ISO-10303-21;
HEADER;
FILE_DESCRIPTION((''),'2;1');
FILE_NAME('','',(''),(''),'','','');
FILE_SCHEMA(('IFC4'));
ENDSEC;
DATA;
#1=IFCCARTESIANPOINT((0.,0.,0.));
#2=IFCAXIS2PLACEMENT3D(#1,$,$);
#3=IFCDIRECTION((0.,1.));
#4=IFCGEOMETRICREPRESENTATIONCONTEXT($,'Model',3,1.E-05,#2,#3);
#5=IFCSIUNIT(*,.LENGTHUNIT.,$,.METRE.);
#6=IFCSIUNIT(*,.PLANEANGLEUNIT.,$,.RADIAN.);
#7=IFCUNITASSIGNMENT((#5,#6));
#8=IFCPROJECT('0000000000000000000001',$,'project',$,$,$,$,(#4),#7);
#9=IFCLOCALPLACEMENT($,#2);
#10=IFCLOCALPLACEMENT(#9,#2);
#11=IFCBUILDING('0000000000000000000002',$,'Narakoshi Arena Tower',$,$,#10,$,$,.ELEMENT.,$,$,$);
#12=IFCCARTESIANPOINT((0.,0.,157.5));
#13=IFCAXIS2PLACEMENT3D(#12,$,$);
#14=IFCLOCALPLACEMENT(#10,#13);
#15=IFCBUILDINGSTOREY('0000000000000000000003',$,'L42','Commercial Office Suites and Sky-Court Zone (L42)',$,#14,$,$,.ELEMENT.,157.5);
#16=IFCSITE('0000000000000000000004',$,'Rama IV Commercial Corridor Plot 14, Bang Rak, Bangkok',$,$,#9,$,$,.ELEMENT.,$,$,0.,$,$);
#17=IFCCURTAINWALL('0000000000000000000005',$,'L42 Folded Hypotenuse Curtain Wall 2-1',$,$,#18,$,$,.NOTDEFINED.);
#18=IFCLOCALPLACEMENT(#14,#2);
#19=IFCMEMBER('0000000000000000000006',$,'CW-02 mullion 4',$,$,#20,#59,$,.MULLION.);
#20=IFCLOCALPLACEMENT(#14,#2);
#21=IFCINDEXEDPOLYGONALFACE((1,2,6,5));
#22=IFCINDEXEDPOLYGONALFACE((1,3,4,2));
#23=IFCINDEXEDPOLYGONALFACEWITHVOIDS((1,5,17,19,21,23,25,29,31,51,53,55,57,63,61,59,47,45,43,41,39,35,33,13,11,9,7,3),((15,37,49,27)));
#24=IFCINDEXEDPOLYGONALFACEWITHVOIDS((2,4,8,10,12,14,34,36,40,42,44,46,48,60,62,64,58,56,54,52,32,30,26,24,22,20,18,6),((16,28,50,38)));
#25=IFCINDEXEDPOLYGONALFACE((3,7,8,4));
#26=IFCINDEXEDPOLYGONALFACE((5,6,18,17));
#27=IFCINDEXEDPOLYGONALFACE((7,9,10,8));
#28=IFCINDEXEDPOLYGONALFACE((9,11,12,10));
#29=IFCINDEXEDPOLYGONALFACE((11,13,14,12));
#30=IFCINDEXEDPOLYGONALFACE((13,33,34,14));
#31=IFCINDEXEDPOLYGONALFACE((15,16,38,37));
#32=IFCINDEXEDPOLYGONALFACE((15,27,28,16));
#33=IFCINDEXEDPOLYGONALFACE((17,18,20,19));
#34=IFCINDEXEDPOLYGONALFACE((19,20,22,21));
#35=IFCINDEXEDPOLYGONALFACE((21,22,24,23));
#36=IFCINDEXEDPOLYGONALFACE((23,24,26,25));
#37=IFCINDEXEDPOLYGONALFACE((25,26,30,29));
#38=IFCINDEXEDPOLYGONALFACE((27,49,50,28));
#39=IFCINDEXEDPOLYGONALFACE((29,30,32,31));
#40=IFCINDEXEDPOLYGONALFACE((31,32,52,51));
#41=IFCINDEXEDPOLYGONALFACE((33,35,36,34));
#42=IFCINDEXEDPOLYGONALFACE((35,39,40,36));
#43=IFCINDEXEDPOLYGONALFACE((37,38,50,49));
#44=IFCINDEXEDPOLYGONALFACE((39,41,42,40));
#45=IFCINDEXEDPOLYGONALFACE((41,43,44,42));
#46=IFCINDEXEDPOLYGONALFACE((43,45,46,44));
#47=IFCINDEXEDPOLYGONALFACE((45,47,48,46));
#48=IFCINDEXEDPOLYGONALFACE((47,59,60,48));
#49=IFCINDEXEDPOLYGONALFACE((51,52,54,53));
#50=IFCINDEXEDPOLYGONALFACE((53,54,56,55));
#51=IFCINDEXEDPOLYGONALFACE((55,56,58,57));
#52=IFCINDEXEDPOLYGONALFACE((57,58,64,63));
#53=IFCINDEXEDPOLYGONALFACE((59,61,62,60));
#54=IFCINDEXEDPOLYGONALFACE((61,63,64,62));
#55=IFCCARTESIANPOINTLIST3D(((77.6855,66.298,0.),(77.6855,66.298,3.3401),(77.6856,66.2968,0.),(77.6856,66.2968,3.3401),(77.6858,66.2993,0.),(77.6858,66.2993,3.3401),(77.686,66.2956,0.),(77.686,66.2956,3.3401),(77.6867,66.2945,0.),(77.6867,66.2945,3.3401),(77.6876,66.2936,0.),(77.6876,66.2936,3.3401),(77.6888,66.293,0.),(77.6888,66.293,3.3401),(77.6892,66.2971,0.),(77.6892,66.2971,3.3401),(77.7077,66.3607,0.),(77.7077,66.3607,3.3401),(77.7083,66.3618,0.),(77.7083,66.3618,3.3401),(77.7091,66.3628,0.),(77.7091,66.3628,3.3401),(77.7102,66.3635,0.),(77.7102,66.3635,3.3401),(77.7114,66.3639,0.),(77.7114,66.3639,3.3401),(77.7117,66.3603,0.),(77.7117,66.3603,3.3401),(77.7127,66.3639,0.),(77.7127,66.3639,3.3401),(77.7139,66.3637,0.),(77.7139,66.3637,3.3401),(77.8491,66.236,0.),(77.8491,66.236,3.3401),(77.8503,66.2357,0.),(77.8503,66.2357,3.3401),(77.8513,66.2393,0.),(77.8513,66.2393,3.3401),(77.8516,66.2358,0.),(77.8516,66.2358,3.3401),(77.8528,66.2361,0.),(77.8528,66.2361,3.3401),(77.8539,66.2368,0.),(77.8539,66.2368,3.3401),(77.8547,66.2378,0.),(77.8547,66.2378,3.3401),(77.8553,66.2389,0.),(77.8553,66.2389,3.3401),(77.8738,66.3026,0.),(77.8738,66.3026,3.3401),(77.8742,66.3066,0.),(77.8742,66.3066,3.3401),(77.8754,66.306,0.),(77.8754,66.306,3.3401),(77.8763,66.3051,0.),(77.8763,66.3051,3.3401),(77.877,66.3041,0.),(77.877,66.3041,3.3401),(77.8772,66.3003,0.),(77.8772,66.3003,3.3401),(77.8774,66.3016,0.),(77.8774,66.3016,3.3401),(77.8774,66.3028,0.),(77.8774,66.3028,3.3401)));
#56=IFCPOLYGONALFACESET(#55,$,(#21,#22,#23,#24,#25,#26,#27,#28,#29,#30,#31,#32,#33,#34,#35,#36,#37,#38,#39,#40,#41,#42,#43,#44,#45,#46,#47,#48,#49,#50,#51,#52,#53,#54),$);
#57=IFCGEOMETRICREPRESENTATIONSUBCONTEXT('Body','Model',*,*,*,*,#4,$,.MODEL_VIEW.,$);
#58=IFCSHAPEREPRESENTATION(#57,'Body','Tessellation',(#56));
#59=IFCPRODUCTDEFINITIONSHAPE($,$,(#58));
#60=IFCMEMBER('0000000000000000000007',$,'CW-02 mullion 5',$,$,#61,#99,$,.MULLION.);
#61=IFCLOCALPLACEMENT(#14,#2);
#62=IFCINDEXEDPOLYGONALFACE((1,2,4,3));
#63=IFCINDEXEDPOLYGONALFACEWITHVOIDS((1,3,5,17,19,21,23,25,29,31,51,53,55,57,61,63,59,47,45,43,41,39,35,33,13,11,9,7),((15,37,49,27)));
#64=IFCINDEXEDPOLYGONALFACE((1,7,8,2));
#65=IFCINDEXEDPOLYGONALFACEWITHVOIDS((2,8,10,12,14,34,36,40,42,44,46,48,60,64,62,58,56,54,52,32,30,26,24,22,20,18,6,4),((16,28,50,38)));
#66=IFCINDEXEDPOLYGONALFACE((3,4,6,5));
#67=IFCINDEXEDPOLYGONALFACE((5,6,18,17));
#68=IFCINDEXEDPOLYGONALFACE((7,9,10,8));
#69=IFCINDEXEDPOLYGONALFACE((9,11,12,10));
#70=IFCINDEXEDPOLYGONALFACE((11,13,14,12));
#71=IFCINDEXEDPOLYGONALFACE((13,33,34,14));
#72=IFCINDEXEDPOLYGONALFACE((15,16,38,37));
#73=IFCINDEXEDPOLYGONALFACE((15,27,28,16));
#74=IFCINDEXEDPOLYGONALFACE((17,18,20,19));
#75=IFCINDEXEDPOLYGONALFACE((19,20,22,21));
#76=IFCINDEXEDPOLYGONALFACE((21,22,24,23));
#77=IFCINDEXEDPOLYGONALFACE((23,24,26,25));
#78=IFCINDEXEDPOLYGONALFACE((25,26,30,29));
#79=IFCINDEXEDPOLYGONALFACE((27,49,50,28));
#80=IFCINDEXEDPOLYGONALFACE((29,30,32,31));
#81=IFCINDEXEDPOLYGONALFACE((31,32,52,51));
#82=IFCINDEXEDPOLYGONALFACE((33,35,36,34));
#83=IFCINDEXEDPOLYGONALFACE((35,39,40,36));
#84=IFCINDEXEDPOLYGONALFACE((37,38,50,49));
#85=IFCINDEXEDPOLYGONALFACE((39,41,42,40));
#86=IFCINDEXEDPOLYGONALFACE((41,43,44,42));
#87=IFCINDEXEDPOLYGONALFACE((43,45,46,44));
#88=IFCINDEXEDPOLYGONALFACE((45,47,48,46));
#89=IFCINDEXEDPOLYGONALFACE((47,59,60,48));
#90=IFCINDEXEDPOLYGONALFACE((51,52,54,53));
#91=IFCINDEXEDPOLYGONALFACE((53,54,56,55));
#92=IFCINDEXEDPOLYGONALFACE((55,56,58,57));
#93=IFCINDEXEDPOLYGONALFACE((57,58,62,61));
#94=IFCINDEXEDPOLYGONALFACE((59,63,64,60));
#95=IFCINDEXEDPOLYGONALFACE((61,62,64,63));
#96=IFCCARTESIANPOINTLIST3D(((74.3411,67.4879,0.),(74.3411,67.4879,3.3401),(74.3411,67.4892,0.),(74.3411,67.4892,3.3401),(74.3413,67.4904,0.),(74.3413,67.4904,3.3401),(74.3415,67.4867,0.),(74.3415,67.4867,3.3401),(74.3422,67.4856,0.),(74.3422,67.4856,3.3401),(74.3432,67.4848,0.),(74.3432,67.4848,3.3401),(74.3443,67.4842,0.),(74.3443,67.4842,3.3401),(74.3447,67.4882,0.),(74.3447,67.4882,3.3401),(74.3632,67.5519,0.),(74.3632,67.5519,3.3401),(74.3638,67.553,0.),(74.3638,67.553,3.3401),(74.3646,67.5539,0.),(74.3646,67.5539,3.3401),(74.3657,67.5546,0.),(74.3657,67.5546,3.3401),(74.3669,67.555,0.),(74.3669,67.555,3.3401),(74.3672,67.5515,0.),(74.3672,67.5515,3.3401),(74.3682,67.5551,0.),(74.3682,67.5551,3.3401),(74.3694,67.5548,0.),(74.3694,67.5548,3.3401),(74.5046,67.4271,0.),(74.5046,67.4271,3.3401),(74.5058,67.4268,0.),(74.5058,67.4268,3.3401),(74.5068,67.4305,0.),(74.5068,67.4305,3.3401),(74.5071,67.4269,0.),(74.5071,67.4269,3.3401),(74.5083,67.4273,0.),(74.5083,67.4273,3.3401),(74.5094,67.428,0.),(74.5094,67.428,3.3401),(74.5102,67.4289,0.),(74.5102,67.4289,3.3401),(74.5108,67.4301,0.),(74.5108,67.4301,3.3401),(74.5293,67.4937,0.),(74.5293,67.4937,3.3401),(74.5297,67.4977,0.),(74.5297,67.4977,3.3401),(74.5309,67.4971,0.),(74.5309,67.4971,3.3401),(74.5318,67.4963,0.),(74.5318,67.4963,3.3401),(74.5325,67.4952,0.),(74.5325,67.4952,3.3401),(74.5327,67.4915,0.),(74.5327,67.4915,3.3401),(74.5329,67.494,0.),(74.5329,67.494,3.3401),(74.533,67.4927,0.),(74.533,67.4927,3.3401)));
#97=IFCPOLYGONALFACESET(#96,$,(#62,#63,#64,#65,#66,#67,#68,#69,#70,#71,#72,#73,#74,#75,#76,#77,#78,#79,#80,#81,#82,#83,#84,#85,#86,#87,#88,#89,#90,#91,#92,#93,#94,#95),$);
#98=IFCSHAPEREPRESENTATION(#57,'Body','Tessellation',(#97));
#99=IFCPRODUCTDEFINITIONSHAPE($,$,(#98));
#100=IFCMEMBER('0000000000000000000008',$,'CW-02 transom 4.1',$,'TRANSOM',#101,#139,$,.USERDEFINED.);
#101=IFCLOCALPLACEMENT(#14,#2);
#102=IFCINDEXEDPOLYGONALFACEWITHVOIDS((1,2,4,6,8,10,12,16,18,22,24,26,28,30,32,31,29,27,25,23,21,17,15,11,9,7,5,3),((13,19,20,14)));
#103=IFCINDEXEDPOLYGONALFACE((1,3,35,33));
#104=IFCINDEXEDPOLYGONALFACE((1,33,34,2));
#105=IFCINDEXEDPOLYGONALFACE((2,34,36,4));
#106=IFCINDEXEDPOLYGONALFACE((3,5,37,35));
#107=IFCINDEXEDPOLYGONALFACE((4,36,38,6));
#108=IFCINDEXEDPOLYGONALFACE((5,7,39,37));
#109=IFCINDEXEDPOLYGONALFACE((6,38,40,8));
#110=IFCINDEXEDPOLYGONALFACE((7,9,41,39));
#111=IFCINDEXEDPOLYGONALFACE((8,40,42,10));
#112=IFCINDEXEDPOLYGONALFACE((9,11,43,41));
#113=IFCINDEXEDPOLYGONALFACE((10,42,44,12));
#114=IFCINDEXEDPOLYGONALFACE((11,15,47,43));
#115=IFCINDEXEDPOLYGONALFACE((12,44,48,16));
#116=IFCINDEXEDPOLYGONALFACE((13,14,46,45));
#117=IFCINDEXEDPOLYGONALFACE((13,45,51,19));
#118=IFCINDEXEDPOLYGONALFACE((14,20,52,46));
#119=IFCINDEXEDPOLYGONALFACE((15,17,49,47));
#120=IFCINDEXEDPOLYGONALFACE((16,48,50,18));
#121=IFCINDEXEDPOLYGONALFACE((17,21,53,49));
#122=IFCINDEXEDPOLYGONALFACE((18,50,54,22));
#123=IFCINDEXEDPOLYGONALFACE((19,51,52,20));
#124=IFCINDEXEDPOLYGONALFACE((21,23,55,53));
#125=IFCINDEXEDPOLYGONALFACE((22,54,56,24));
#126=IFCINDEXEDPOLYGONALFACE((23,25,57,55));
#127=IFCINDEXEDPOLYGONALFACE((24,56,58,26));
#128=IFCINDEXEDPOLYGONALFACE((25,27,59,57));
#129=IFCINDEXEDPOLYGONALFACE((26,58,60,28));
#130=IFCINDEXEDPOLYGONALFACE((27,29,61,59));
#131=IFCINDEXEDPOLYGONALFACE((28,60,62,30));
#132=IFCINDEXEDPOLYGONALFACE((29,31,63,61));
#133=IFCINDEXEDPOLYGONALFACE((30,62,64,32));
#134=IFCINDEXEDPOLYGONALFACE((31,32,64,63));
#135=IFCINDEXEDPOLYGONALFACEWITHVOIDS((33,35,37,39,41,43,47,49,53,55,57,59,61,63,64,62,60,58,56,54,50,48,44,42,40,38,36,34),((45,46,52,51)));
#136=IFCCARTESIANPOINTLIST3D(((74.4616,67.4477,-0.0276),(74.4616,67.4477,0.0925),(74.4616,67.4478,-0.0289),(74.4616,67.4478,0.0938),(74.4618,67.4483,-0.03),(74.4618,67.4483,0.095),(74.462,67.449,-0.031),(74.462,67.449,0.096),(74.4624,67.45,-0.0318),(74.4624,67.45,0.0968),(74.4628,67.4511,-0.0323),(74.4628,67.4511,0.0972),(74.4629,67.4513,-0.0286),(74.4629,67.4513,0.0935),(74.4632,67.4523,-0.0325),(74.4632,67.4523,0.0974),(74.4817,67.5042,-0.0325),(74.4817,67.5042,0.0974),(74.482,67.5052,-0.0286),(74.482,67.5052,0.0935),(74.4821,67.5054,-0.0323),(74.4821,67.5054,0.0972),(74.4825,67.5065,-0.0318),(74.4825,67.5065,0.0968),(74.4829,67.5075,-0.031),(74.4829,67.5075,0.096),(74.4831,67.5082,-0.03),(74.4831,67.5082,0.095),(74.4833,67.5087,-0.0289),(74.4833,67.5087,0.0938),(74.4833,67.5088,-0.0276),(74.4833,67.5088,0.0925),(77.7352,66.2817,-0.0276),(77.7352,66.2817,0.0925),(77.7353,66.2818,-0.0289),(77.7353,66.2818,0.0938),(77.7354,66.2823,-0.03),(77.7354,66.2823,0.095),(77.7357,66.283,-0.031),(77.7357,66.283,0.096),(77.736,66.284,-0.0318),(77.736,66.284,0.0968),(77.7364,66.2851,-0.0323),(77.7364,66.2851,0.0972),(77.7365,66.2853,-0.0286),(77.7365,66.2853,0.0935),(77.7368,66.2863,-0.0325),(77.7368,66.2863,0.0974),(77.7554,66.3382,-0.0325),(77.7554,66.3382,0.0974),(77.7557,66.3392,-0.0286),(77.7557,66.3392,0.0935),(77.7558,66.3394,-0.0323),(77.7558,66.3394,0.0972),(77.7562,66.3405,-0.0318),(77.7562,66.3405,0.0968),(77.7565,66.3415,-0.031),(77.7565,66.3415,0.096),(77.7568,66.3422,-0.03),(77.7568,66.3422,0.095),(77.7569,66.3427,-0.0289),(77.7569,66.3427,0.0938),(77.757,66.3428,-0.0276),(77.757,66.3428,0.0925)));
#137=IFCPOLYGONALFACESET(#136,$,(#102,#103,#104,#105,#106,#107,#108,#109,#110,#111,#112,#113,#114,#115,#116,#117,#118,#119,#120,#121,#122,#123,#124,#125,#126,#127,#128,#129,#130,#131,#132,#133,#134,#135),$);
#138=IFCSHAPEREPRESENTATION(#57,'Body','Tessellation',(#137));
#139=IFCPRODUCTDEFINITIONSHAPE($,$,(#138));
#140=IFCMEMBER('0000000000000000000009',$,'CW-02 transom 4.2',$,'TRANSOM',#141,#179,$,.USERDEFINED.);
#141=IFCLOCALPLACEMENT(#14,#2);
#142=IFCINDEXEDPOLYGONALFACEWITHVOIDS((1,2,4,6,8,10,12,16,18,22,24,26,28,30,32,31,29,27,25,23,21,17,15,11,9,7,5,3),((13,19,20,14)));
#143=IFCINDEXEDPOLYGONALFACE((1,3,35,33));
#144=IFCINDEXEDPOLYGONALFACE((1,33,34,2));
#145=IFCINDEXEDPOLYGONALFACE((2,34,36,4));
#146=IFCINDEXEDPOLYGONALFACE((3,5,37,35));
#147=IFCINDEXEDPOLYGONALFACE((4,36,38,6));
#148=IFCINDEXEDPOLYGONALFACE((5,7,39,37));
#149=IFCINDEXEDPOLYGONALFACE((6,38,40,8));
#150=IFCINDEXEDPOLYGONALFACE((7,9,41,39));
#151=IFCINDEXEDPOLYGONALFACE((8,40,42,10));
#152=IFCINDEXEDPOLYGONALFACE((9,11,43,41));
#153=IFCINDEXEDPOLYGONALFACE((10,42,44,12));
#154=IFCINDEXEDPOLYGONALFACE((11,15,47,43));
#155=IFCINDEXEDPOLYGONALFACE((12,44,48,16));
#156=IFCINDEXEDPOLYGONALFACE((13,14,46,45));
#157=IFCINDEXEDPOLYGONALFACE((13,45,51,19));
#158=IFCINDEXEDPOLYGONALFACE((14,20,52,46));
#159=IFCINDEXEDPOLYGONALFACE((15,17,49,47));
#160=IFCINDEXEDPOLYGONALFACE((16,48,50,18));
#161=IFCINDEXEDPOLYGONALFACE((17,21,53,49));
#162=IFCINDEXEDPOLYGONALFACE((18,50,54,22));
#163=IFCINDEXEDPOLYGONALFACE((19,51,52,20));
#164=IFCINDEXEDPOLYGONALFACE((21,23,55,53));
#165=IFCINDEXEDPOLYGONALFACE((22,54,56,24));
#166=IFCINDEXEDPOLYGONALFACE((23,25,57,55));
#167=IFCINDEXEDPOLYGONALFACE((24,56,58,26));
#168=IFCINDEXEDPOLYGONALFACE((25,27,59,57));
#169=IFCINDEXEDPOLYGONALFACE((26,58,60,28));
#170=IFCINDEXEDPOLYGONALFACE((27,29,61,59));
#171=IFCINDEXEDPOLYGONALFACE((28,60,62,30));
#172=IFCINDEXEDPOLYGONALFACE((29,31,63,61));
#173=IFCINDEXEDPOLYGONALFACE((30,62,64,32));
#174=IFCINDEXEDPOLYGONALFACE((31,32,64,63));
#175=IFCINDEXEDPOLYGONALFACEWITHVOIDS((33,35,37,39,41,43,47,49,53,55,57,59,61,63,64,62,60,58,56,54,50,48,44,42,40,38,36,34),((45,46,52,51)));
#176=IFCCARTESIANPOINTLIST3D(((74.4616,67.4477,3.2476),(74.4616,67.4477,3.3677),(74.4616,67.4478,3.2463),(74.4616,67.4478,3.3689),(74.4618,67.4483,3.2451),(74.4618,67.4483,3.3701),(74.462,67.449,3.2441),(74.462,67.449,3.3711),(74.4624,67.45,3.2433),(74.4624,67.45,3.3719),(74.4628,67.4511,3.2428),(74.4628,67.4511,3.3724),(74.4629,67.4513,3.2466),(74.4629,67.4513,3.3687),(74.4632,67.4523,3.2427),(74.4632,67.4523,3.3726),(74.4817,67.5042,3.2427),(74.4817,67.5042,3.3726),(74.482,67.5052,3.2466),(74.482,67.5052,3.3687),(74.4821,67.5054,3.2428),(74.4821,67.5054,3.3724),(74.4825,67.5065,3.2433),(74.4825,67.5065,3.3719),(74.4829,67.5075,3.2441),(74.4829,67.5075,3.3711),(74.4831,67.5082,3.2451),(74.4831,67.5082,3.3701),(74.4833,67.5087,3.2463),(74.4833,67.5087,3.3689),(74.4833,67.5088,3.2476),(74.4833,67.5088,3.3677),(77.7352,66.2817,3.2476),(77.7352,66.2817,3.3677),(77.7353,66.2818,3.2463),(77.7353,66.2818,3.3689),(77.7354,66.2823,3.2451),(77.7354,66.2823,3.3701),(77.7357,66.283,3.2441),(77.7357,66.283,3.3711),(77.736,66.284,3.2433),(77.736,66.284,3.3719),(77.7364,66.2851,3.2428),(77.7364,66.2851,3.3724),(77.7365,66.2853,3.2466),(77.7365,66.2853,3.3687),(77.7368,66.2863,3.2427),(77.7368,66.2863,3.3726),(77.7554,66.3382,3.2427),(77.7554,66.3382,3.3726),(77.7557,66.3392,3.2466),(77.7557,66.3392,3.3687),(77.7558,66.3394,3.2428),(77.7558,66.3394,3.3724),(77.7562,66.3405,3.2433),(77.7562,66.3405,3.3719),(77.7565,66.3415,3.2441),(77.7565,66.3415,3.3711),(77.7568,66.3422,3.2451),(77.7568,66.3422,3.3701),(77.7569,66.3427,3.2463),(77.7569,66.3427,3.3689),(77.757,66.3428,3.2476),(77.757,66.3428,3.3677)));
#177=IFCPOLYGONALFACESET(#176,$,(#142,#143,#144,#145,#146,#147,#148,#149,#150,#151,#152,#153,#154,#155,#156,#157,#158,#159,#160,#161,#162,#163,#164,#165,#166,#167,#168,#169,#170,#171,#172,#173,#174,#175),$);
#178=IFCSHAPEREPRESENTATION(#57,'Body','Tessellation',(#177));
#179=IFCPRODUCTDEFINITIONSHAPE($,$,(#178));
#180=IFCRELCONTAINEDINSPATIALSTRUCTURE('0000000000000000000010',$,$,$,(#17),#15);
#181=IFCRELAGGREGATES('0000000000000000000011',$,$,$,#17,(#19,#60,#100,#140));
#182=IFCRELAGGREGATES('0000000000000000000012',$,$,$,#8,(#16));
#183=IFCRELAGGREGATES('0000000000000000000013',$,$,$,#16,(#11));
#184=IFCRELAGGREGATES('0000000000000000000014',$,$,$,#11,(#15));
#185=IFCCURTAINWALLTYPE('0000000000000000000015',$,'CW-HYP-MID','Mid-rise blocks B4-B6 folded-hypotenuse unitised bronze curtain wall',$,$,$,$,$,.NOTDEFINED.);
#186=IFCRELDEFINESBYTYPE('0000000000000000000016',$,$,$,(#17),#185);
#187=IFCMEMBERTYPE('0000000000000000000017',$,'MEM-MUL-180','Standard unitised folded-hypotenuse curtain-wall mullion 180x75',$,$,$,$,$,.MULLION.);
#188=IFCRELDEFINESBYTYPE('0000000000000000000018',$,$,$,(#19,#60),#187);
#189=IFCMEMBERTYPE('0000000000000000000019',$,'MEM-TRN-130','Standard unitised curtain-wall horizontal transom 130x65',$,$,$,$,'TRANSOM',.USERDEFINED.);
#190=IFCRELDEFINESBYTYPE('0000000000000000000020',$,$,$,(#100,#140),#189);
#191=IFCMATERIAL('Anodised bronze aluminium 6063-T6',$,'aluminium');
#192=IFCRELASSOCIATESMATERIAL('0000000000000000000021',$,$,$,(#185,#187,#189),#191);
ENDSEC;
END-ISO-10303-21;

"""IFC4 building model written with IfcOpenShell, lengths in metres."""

from ifc_helpers import new_model, si_unit, direction, frame, origin, origin_2d, place, context, subcontext, project, spatial, hollow_rectangle, extrude, material, material_profile, profile_set, type_object, element, aggregate, save


model = new_model("IFC4")

# Units and contexts
model_context = context("Model", 3, precision=1e-05, world=origin(), true_north=direction((0.0, 1.0)))
body_context = subcontext(model_context, "Body", "Model", "MODEL_VIEW")
ifc_project = project(units=[si_unit("LENGTHUNIT", "METRE"), si_unit("PLANEANGLEUNIT", "RADIAN")], contexts=[model_context])

# Site, building, storey
site_placement = place(None, origin())
site = spatial("IfcSite", under=ifc_project, at=site_placement, Name="Rama IV Commercial Corridor Plot 14, Bang Rak, Bangkok", CompositionType="ELEMENT", RefElevation=0.0)
building_placement = place(site_placement, origin())
building = spatial("IfcBuilding", under=site, at=building_placement, Name="Narakoshi Arena Tower", CompositionType="ELEMENT")
storey_placement = place(building_placement, frame((0.0, 0.0, 157.5)))
storey = spatial("IfcBuildingStorey", under=building, at=storey_placement, Name="L42", Description="Commercial Office Suites and Sky-Court Zone (L42)", CompositionType="ELEMENT", Elevation=157.5)

# Curtain wall, members
ifc_material_1 = material(Name="Anodised bronze aluminium 6063-T6", Category="aluminium")
curtain_wall_type = type_object("IfcCurtainWallType", Name="CW-HYP-MID", Description="Mid-rise blocks B4-B6 folded-hypotenuse unitised bronze curtain wall", PredefinedType="NOTDEFINED", material=ifc_material_1)
curtain_wall_placement = place(storey_placement, origin())
curtain_wall = element("IfcCurtainWall", 1, at=curtain_wall_placement, inside=storey, type_object=curtain_wall_type, Name="L42 Folded Hypotenuse Curtain Wall 2-1", PredefinedType="NOTDEFINED")
ifc_material_profile_1 = material_profile(ifc_material_1, hollow_rectangle(XDim=0.075, YDim=0.1799, WallThickness=0.0039, OuterFilletRadius=0.0049, at=origin_2d()), Name="MUL180x75x4")
ifc_profile_set_1 = profile_set([ifc_material_profile_1], Name="Anodised bronze aluminium 6063-T6")
member_type_1 = type_object("IfcMemberType", Name="MEM-MUL-180", Description="Standard unitised folded-hypotenuse curtain-wall mullion 180x75", PredefinedType="MULLION", material=ifc_profile_set_1)
member_1_placement = place(storey_placement, frame((77.7815, 66.2998, 0.0), z_axis=(0.0, 0.0, 1.0), x_axis=(-0.335518, -0.942034, 0.0)))
member_1 = element("IfcMember", 2, at=member_1_placement, type_object=member_type_1, Name="CW-02 mullion 4", PredefinedType="MULLION", context=body_context, shape_type="SweptSolid", body=[
    extrude(hollow_rectangle(XDim=0.075, YDim=0.1799, WallThickness=0.0039, OuterFilletRadius=0.0049, at=origin_2d()), origin(), (0.0, 0.0, 1.0), 3.3401),
])
member_2_placement = place(storey_placement, frame((74.437, 67.491, 0.0), z_axis=(0.0, 0.0, 1.0), x_axis=(-0.335518, -0.942034, 0.0)))
member_2 = element("IfcMember", 3, at=member_2_placement, type_object=member_type_1, Name="CW-02 mullion 5", PredefinedType="MULLION", context=body_context, shape_type="SweptSolid", body=[
    extrude(hollow_rectangle(XDim=0.075, YDim=0.1799, WallThickness=0.0039, OuterFilletRadius=0.0049, at=origin_2d()), origin(), (0.0, 0.0, 1.0), 3.3401),
])
ifc_material_profile_2 = material_profile(ifc_material_1, hollow_rectangle(XDim=0.0649, YDim=0.1299, WallThickness=0.0039, OuterFilletRadius=0.0049, at=origin_2d()), Name="TRN130x65x4")
ifc_profile_set_2 = profile_set([ifc_material_profile_2], Name="Anodised bronze aluminium 6063-T6")
member_type_2 = type_object("IfcMemberType", Name="MEM-TRN-130", Description="Standard unitised curtain-wall horizontal transom 130x65", ElementType="TRANSOM", PredefinedType="USERDEFINED", material=ifc_profile_set_2)
member_3_placement = place(storey_placement, frame((77.7461, 66.3123, 0.0325), z_axis=(-0.942029, 0.335531, 0.0), x_axis=(-0.335531, -0.942029, 0.0)))
member_3 = element("IfcMember", 4, at=member_3_placement, type_object=member_type_2, Name="CW-02 transom 4.1", ObjectType="TRANSOM", PredefinedType="USERDEFINED", context=body_context, shape_type="SweptSolid", body=[
    extrude(hollow_rectangle(XDim=0.0649, YDim=0.1299, WallThickness=0.0039, OuterFilletRadius=0.0049, at=origin_2d()), origin(), (0.0, 0.0, 1.0), 3.4751),
])
member_4_placement = place(storey_placement, frame((77.7461, 66.3123, 3.3076), z_axis=(-0.942029, 0.335531, 0.0), x_axis=(-0.335531, -0.942029, 0.0)))
member_4 = element("IfcMember", 5, at=member_4_placement, type_object=member_type_2, Name="CW-02 transom 4.2", ObjectType="TRANSOM", PredefinedType="USERDEFINED", context=body_context, shape_type="SweptSolid", body=[
    extrude(hollow_rectangle(XDim=0.0649, YDim=0.1299, WallThickness=0.0039, OuterFilletRadius=0.0049, at=origin_2d()), origin(), (0.0, 0.0, 1.0), 3.4751),
])
aggregate(curtain_wall, [member_1, member_2, member_3, member_4])

save(model, "model.ifc")
